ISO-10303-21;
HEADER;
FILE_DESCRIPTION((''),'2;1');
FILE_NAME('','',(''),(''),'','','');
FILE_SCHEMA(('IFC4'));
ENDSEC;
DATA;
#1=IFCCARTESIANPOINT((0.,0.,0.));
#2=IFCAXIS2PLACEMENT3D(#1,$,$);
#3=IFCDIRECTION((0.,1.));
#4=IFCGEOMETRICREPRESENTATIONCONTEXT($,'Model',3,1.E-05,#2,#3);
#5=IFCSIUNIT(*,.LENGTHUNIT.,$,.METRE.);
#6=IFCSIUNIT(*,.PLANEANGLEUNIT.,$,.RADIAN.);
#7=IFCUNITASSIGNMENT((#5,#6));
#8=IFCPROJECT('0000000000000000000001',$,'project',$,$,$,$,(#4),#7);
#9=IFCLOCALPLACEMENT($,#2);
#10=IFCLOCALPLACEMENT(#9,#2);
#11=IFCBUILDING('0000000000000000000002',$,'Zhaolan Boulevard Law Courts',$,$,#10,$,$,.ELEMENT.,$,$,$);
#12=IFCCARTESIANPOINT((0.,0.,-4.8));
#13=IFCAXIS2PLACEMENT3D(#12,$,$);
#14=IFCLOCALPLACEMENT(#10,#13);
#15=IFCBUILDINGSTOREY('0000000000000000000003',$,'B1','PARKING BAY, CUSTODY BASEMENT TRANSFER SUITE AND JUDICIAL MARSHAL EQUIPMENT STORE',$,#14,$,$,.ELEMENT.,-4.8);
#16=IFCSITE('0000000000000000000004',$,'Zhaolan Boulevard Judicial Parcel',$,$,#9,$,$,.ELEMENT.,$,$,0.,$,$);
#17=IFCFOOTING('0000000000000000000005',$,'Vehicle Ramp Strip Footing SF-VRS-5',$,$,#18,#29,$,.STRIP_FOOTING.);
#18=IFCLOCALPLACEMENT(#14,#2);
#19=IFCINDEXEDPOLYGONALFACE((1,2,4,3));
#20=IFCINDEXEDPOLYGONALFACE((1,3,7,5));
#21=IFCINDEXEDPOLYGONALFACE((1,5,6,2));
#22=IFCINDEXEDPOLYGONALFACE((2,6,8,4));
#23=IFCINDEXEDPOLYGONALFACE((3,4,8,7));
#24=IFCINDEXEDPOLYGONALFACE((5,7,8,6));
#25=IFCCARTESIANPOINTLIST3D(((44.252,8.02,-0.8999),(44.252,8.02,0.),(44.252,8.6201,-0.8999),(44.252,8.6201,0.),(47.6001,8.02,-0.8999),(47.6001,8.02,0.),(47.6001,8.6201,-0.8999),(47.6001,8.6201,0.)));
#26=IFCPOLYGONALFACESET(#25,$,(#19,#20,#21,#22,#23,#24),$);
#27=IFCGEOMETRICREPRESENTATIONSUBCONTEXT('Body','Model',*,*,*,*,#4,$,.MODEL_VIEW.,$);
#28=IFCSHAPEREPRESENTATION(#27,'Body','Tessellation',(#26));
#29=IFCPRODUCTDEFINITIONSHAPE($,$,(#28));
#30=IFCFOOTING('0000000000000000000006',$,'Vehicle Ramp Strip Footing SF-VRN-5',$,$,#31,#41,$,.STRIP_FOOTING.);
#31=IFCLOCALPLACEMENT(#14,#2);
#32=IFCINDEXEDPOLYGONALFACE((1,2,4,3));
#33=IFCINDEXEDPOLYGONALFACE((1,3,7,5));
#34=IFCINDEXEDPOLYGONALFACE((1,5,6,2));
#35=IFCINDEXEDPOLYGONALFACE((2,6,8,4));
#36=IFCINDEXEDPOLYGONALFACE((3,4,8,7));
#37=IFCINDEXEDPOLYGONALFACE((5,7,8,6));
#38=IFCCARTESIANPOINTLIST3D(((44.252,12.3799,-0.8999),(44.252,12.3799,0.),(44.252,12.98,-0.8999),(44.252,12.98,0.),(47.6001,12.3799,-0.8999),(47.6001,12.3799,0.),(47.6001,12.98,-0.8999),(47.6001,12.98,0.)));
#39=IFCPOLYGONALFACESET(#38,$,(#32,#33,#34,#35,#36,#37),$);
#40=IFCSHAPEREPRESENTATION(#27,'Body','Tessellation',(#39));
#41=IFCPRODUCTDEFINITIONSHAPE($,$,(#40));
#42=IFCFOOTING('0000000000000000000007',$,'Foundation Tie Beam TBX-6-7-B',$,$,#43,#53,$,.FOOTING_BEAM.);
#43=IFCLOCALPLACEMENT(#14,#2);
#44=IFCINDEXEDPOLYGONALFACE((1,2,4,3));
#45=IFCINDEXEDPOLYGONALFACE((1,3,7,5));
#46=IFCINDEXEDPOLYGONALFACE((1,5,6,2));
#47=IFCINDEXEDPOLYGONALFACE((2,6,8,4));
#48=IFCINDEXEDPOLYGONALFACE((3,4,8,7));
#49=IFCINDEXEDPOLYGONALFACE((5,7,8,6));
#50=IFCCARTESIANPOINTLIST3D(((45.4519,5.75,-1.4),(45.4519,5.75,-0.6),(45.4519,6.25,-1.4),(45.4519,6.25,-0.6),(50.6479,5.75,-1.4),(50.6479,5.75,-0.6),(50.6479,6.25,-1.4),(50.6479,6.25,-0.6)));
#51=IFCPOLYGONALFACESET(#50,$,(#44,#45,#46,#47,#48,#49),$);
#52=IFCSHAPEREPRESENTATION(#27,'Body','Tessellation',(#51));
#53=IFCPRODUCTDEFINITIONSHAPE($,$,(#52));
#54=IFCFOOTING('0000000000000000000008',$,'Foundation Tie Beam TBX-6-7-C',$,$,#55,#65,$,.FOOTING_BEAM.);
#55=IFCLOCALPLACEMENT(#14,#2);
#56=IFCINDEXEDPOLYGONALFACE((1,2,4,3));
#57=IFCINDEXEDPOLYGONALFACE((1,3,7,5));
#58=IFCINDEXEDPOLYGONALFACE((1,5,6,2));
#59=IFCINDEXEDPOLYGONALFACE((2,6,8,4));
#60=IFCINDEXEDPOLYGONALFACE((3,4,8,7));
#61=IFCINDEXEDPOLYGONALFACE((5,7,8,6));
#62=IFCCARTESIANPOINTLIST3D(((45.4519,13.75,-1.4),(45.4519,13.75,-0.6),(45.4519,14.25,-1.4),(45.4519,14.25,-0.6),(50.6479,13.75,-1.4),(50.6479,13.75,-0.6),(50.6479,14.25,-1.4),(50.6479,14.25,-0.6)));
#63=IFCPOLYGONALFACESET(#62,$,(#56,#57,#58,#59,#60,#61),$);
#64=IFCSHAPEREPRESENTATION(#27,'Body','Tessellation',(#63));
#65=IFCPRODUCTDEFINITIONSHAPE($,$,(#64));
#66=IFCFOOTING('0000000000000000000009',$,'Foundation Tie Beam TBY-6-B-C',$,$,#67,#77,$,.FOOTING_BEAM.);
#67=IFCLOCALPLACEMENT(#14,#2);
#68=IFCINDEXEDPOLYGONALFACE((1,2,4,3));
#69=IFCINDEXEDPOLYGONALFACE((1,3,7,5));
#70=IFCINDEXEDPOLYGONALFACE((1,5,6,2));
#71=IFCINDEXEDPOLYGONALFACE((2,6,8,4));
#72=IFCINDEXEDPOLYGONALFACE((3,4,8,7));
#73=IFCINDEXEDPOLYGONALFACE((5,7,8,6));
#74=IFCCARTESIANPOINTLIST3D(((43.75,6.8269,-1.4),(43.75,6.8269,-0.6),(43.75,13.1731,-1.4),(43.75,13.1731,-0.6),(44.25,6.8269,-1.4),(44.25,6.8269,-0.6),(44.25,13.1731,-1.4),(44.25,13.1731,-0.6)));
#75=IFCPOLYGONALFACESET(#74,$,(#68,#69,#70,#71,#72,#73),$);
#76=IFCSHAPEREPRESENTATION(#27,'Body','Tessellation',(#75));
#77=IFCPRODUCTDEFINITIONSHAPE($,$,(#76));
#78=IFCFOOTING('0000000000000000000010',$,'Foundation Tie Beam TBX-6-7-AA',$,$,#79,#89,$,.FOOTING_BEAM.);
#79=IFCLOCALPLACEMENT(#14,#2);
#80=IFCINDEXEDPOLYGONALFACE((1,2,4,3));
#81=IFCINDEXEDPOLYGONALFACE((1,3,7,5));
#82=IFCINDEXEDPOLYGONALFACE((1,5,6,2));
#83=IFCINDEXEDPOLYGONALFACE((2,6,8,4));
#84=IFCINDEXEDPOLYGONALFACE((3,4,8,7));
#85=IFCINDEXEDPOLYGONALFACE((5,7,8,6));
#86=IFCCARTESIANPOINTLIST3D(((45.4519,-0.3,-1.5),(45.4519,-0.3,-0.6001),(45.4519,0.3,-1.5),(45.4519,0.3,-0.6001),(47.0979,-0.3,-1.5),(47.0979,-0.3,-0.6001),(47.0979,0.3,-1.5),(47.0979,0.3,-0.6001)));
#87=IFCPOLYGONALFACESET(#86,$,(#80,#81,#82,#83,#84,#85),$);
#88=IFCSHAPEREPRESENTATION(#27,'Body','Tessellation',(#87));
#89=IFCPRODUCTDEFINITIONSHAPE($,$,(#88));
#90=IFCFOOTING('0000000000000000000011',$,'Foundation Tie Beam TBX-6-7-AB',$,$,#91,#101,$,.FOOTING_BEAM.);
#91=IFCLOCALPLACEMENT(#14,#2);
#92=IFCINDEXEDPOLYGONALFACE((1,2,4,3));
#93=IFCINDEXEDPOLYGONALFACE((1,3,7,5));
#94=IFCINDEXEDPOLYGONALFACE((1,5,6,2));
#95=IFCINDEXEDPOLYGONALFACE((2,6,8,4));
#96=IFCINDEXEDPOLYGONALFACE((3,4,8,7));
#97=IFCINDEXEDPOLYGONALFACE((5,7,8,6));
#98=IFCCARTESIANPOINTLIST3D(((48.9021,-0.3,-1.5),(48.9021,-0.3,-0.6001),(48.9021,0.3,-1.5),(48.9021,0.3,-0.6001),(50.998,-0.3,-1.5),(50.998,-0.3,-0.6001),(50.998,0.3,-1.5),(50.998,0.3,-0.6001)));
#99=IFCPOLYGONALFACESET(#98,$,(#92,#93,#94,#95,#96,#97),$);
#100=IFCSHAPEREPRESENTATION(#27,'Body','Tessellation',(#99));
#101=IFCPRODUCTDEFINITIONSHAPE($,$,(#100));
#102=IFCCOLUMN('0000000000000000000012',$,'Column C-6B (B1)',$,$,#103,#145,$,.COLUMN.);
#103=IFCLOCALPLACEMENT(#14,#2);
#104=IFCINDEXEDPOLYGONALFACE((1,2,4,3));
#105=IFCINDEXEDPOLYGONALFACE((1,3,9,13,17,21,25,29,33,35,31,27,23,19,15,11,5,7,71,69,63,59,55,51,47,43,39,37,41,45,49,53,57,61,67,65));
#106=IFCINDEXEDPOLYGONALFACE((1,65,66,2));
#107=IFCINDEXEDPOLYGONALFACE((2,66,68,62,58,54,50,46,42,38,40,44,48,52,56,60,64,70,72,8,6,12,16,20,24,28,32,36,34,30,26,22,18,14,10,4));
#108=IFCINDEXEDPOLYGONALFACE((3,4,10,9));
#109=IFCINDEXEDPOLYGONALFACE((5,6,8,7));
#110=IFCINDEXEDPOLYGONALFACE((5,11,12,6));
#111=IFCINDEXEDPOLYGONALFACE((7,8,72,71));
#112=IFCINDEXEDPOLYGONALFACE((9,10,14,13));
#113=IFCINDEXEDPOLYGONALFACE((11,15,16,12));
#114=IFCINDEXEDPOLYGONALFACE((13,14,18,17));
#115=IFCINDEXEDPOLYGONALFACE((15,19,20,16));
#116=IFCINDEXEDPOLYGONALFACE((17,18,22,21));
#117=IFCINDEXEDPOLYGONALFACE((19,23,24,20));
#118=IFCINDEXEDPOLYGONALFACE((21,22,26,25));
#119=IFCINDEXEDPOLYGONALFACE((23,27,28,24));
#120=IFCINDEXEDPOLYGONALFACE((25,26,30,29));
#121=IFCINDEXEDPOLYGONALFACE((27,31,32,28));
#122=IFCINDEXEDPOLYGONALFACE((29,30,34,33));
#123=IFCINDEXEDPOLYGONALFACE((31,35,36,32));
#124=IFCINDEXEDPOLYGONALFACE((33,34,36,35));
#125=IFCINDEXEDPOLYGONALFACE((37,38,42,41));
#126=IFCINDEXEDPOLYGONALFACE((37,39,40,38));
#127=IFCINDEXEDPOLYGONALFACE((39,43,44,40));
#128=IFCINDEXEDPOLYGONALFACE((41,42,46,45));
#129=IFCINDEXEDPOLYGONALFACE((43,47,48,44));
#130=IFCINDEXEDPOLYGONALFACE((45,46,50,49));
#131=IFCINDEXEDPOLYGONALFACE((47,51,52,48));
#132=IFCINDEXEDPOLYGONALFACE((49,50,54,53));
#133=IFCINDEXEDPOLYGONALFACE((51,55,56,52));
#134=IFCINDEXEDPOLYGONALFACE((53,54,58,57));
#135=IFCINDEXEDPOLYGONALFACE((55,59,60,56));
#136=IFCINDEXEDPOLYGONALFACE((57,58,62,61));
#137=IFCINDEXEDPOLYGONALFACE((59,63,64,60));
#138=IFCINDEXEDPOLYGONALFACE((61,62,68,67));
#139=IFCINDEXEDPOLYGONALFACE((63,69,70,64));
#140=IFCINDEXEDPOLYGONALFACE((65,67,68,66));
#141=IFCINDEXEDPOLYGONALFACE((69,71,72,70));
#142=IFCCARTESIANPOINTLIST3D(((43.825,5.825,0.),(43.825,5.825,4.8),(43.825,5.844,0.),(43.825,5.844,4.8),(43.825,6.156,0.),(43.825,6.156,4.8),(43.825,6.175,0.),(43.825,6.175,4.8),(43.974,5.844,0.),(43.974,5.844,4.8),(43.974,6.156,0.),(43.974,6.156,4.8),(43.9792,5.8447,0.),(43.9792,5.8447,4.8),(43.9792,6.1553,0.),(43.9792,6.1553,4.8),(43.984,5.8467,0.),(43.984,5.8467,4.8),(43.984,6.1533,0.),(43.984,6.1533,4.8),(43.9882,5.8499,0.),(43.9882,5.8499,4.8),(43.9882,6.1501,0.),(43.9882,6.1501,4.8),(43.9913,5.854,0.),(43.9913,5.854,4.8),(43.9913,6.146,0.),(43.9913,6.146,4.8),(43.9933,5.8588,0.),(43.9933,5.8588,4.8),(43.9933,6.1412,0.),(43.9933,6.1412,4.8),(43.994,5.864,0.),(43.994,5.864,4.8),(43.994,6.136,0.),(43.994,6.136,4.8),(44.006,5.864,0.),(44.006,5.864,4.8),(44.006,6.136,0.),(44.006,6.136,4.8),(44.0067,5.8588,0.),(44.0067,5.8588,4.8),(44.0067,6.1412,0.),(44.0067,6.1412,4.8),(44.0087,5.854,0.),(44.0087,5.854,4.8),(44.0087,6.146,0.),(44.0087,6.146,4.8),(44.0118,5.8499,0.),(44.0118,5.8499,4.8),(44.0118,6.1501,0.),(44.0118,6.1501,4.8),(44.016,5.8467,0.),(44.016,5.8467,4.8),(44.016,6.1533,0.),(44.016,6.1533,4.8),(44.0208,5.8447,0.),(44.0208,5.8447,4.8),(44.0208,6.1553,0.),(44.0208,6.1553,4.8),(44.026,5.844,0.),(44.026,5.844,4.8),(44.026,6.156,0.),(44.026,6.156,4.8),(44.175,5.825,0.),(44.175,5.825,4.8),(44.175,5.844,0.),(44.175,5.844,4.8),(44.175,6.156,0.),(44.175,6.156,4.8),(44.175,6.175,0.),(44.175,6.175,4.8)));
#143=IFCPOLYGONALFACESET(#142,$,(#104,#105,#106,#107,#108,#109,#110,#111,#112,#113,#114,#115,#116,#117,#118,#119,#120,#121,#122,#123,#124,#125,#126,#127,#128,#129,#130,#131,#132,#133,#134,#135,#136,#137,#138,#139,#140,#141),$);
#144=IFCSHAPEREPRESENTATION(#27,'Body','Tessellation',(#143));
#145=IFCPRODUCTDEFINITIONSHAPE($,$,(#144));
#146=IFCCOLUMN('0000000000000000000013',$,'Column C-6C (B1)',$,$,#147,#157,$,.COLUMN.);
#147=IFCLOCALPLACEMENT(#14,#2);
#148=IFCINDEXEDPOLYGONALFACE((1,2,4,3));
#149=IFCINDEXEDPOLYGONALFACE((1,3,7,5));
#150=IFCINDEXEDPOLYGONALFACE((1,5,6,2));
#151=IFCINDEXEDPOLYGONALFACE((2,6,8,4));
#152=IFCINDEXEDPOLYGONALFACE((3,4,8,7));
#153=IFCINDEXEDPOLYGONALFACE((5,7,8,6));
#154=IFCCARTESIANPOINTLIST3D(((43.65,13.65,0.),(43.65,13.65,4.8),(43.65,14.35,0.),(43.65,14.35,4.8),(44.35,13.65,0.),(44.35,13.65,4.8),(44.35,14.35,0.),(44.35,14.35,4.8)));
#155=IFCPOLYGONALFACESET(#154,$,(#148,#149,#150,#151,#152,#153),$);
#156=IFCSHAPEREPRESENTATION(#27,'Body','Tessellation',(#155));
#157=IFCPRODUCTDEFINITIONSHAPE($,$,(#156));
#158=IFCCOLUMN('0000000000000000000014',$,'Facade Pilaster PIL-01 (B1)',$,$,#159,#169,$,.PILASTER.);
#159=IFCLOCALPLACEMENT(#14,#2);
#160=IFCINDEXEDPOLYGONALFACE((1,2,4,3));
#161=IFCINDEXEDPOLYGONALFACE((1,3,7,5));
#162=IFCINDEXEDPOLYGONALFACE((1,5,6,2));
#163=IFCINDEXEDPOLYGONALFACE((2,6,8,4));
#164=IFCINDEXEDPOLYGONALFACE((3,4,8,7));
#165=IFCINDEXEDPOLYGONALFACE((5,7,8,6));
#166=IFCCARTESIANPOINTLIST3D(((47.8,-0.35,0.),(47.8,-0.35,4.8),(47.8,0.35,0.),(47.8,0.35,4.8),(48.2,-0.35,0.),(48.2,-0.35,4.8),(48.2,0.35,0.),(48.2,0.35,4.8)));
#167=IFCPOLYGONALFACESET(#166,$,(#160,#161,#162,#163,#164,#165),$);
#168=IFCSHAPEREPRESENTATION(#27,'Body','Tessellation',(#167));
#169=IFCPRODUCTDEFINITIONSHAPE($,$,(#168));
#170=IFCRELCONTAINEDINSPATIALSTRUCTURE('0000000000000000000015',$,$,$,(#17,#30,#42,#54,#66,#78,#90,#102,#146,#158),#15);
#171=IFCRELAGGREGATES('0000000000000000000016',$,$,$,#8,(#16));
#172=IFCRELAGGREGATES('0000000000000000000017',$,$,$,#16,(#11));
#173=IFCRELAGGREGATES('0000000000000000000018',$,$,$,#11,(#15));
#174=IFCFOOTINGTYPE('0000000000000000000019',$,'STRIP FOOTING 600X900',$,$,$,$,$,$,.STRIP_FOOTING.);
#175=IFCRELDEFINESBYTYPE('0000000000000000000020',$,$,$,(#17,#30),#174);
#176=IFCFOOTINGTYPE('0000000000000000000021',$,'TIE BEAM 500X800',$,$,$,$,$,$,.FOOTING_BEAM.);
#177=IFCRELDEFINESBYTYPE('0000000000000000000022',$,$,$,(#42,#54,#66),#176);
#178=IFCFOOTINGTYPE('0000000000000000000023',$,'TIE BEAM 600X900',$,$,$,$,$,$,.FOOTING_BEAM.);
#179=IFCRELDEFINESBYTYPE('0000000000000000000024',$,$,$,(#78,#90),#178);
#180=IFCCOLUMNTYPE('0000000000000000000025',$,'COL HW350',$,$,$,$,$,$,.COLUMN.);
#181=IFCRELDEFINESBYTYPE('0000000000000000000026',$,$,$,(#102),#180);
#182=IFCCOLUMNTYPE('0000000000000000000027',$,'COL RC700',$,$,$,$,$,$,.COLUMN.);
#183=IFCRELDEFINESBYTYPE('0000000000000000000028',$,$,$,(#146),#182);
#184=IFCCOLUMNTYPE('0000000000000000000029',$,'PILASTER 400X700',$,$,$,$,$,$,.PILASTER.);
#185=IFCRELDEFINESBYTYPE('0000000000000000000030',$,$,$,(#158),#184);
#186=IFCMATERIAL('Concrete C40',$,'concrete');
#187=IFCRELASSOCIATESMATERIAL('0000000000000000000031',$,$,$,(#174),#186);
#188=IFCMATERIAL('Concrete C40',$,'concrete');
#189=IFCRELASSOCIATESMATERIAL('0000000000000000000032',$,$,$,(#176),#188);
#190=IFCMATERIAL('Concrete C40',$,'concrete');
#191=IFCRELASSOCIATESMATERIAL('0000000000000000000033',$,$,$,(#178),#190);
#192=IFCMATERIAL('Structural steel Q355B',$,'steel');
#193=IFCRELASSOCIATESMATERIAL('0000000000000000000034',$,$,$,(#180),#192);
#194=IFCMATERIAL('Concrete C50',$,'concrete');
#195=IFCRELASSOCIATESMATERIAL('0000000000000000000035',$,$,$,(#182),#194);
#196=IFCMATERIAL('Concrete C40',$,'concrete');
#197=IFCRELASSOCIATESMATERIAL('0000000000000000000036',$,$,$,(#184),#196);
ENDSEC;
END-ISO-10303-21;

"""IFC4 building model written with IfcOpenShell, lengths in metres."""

from ifc_helpers import new_model, si_unit, direction, frame, origin, origin_2d, place, context, subcontext, project, spatial, rectangle, i_section, extrude, material, material_profile, profile_set, type_object, element, save


model = new_model("IFC4")

# Units and contexts
model_context = context("Model", 3, precision=1e-05, world=origin(), true_north=direction((0.0, 1.0)))
body_context = subcontext(model_context, "Body", "Model", "MODEL_VIEW")
ifc_project = project(units=[si_unit("LENGTHUNIT", "METRE"), si_unit("PLANEANGLEUNIT", "RADIAN")], contexts=[model_context])

# Site, building, storey
site_placement = place(None, origin())
site = spatial("IfcSite", under=ifc_project, at=site_placement, Name="Zhaolan Boulevard Judicial Parcel", CompositionType="ELEMENT", RefElevation=0.0)
building_placement = place(site_placement, origin())
building = spatial("IfcBuilding", under=site, at=building_placement, Name="Zhaolan Boulevard Law Courts", CompositionType="ELEMENT")
storey_placement = place(building_placement, frame((0.0, 0.0, -4.8)))
storey = spatial("IfcBuildingStorey", under=building, at=storey_placement, Name="B1", Description="PARKING BAY, CUSTODY BASEMENT TRANSFER SUITE AND JUDICIAL MARSHAL EQUIPMENT STORE", CompositionType="ELEMENT", Elevation=-4.8)

# Footings
ifc_material_1 = material(Name="Concrete C40", Category="concrete")
ifc_material_profile_1 = material_profile(ifc_material_1, rectangle(XDim=0.6001, YDim=0.8999, at=origin_2d()), Name="RC600x900")
ifc_profile_set_1 = profile_set([ifc_material_profile_1], Name="Concrete C40")
footing_type_1 = type_object("IfcFootingType", Name="STRIP FOOTING 600X900", PredefinedType="STRIP_FOOTING", material=ifc_profile_set_1)
for number, where, z_axis, x_axis, name in (
    (1, (44.252, 8.3201, -0.45), (1.0, 0.0, 0.0), (0.0, 1.0, 0.0), "Vehicle Ramp Strip Footing SF-VRS-5"),
    (2, (44.252, 12.6799, -0.45), (1.0, 0.0, 0.0), (0.0, 1.0, 0.0), "Vehicle Ramp Strip Footing SF-VRN-5"),
):
    element("IfcFooting", number, at=place(storey_placement, frame(where, z_axis=z_axis, x_axis=x_axis)), inside=storey, type_object=footing_type_1, Name=name, PredefinedType="STRIP_FOOTING", context=body_context, shape_type="SweptSolid", body=[
        extrude(rectangle(XDim=0.6001, YDim=0.8999, at=origin_2d()), origin(), (0.0, 0.0, 1.0), 3.3481),
    ])
ifc_material_2 = material(Name="Concrete C40", Category="concrete")
ifc_material_profile_2 = material_profile(ifc_material_2, rectangle(XDim=0.5, YDim=0.8, at=origin_2d()), Name="RC500x800")
ifc_profile_set_2 = profile_set([ifc_material_profile_2], Name="Concrete C40")
footing_type_2 = type_object("IfcFootingType", Name="TIE BEAM 500X800", PredefinedType="FOOTING_BEAM", material=ifc_profile_set_2)
for number, where, z_axis, x_axis, name in (
    (3, (45.4519, 6.0, -1.0), (1.0, 0.0, 0.0), (0.0, 1.0, 0.0), "Foundation Tie Beam TBX-6-7-B"),
    (4, (45.4519, 14.0, -1.0), (1.0, 0.0, 0.0), (0.0, 1.0, 0.0), "Foundation Tie Beam TBX-6-7-C"),
):
    element("IfcFooting", number, at=place(storey_placement, frame(where, z_axis=z_axis, x_axis=x_axis)), inside=storey, type_object=footing_type_2, Name=name, PredefinedType="FOOTING_BEAM", context=body_context, shape_type="SweptSolid", body=[
        extrude(rectangle(XDim=0.5, YDim=0.8, at=origin_2d()), origin(), (0.0, 0.0, 1.0), 5.196),
    ])
footing_1_placement = place(storey_placement, frame((44.0, 6.8269, -1.0), z_axis=(0.0, 1.0, 0.0), x_axis=(-1.0, 0.0, 0.0)))
element("IfcFooting", 5, at=footing_1_placement, inside=storey, type_object=footing_type_2, Name="Foundation Tie Beam TBY-6-B-C", PredefinedType="FOOTING_BEAM", context=body_context, shape_type="SweptSolid", body=[
    extrude(rectangle(XDim=0.5, YDim=0.8, at=origin_2d()), origin(), (0.0, 0.0, 1.0), 6.3462),
])
ifc_material_3 = material(Name="Concrete C40", Category="concrete")
ifc_material_profile_3 = material_profile(ifc_material_3, rectangle(XDim=0.6001, YDim=0.8999, at=origin_2d()), Name="RC600x900")
ifc_profile_set_3 = profile_set([ifc_material_profile_3], Name="Concrete C40")
footing_type_3 = type_object("IfcFootingType", Name="TIE BEAM 600X900", PredefinedType="FOOTING_BEAM", material=ifc_profile_set_3)
footing_2_placement = place(storey_placement, frame((45.4519, 0.0, -1.05), z_axis=(1.0, 0.0, 0.0), x_axis=(0.0, 1.0, 0.0)))
element("IfcFooting", 6, at=footing_2_placement, inside=storey, type_object=footing_type_3, Name="Foundation Tie Beam TBX-6-7-AA", PredefinedType="FOOTING_BEAM", context=body_context, shape_type="SweptSolid", body=[
    extrude(rectangle(XDim=0.6001, YDim=0.8999, at=origin_2d()), origin(), (0.0, 0.0, 1.0), 1.646),
])
footing_3_placement = place(storey_placement, frame((48.9021, 0.0, -1.05), z_axis=(1.0, 0.0, 0.0), x_axis=(0.0, 1.0, 0.0)))
element("IfcFooting", 7, at=footing_3_placement, inside=storey, type_object=footing_type_3, Name="Foundation Tie Beam TBX-6-7-AB", PredefinedType="FOOTING_BEAM", context=body_context, shape_type="SweptSolid", body=[
    extrude(rectangle(XDim=0.6001, YDim=0.8999, at=origin_2d()), origin(), (0.0, 0.0, 1.0), 2.0959),
])

# Columns
ifc_material_4 = material(Name="Structural steel Q355B", Category="steel")
ifc_material_profile_4 = material_profile(ifc_material_4, i_section(OverallWidth=0.3501, OverallDepth=0.3501, WebThickness=0.012, FlangeThickness=0.019, FilletRadius=0.02, at=origin_2d()), Name="HW350x350")
ifc_profile_set_4 = profile_set([ifc_material_profile_4], Name="Structural steel Q355B")
column_type_1 = type_object("IfcColumnType", Name="COL HW350", PredefinedType="COLUMN", material=ifc_profile_set_4)
column_1_placement = place(storey_placement, frame((44.0, 6.0, 0.0), z_axis=(0.0, 0.0, 1.0), x_axis=(1.0, 0.0, 0.0)))
element("IfcColumn", 8, at=column_1_placement, inside=storey, type_object=column_type_1, Name="Column C-6B (B1)", PredefinedType="COLUMN", context=body_context, shape_type="SweptSolid", body=[
    extrude(i_section(OverallWidth=0.3501, OverallDepth=0.3501, WebThickness=0.012, FlangeThickness=0.019, FilletRadius=0.02, at=origin_2d()), origin(), (0.0, 0.0, 1.0), 4.8),
])
ifc_material_5 = material(Name="Concrete C50", Category="concrete")
ifc_material_profile_5 = material_profile(ifc_material_5, rectangle(XDim=0.7, YDim=0.7, at=origin_2d()), Name="RC700x700")
ifc_profile_set_5 = profile_set([ifc_material_profile_5], Name="Concrete C50")
column_type_2 = type_object("IfcColumnType", Name="COL RC700", PredefinedType="COLUMN", material=ifc_profile_set_5)
column_2_placement = place(storey_placement, frame((44.0, 14.0, 0.0), z_axis=(0.0, 0.0, 1.0), x_axis=(1.0, 0.0, 0.0)))
element("IfcColumn", 9, at=column_2_placement, inside=storey, type_object=column_type_2, Name="Column C-6C (B1)", PredefinedType="COLUMN", context=body_context, shape_type="SweptSolid", body=[
    extrude(rectangle(XDim=0.7, YDim=0.7, at=origin_2d()), origin(), (0.0, 0.0, 1.0), 4.8),
])
ifc_material_6 = material(Name="Concrete C40", Category="concrete")
ifc_material_profile_6 = material_profile(ifc_material_6, rectangle(XDim=0.3999, YDim=0.7, at=origin_2d()), Name="RC400x700")
ifc_profile_set_6 = profile_set([ifc_material_profile_6], Name="Concrete C40")
column_type_3 = type_object("IfcColumnType", Name="PILASTER 400X700", PredefinedType="PILASTER", material=ifc_profile_set_6)
column_3_placement = place(storey_placement, frame((48.0, 0.0, 0.0), z_axis=(0.0, 0.0, 1.0), x_axis=(1.0, 0.0, 0.0)))
element("IfcColumn", 10, at=column_3_placement, inside=storey, type_object=column_type_3, Name="Facade Pilaster PIL-01 (B1)", PredefinedType="PILASTER", context=body_context, shape_type="SweptSolid", body=[
    extrude(rectangle(XDim=0.3999, YDim=0.7, at=origin_2d()), origin(), (0.0, 0.0, 1.0), 4.8),
])

save(model, "model.ifc")
